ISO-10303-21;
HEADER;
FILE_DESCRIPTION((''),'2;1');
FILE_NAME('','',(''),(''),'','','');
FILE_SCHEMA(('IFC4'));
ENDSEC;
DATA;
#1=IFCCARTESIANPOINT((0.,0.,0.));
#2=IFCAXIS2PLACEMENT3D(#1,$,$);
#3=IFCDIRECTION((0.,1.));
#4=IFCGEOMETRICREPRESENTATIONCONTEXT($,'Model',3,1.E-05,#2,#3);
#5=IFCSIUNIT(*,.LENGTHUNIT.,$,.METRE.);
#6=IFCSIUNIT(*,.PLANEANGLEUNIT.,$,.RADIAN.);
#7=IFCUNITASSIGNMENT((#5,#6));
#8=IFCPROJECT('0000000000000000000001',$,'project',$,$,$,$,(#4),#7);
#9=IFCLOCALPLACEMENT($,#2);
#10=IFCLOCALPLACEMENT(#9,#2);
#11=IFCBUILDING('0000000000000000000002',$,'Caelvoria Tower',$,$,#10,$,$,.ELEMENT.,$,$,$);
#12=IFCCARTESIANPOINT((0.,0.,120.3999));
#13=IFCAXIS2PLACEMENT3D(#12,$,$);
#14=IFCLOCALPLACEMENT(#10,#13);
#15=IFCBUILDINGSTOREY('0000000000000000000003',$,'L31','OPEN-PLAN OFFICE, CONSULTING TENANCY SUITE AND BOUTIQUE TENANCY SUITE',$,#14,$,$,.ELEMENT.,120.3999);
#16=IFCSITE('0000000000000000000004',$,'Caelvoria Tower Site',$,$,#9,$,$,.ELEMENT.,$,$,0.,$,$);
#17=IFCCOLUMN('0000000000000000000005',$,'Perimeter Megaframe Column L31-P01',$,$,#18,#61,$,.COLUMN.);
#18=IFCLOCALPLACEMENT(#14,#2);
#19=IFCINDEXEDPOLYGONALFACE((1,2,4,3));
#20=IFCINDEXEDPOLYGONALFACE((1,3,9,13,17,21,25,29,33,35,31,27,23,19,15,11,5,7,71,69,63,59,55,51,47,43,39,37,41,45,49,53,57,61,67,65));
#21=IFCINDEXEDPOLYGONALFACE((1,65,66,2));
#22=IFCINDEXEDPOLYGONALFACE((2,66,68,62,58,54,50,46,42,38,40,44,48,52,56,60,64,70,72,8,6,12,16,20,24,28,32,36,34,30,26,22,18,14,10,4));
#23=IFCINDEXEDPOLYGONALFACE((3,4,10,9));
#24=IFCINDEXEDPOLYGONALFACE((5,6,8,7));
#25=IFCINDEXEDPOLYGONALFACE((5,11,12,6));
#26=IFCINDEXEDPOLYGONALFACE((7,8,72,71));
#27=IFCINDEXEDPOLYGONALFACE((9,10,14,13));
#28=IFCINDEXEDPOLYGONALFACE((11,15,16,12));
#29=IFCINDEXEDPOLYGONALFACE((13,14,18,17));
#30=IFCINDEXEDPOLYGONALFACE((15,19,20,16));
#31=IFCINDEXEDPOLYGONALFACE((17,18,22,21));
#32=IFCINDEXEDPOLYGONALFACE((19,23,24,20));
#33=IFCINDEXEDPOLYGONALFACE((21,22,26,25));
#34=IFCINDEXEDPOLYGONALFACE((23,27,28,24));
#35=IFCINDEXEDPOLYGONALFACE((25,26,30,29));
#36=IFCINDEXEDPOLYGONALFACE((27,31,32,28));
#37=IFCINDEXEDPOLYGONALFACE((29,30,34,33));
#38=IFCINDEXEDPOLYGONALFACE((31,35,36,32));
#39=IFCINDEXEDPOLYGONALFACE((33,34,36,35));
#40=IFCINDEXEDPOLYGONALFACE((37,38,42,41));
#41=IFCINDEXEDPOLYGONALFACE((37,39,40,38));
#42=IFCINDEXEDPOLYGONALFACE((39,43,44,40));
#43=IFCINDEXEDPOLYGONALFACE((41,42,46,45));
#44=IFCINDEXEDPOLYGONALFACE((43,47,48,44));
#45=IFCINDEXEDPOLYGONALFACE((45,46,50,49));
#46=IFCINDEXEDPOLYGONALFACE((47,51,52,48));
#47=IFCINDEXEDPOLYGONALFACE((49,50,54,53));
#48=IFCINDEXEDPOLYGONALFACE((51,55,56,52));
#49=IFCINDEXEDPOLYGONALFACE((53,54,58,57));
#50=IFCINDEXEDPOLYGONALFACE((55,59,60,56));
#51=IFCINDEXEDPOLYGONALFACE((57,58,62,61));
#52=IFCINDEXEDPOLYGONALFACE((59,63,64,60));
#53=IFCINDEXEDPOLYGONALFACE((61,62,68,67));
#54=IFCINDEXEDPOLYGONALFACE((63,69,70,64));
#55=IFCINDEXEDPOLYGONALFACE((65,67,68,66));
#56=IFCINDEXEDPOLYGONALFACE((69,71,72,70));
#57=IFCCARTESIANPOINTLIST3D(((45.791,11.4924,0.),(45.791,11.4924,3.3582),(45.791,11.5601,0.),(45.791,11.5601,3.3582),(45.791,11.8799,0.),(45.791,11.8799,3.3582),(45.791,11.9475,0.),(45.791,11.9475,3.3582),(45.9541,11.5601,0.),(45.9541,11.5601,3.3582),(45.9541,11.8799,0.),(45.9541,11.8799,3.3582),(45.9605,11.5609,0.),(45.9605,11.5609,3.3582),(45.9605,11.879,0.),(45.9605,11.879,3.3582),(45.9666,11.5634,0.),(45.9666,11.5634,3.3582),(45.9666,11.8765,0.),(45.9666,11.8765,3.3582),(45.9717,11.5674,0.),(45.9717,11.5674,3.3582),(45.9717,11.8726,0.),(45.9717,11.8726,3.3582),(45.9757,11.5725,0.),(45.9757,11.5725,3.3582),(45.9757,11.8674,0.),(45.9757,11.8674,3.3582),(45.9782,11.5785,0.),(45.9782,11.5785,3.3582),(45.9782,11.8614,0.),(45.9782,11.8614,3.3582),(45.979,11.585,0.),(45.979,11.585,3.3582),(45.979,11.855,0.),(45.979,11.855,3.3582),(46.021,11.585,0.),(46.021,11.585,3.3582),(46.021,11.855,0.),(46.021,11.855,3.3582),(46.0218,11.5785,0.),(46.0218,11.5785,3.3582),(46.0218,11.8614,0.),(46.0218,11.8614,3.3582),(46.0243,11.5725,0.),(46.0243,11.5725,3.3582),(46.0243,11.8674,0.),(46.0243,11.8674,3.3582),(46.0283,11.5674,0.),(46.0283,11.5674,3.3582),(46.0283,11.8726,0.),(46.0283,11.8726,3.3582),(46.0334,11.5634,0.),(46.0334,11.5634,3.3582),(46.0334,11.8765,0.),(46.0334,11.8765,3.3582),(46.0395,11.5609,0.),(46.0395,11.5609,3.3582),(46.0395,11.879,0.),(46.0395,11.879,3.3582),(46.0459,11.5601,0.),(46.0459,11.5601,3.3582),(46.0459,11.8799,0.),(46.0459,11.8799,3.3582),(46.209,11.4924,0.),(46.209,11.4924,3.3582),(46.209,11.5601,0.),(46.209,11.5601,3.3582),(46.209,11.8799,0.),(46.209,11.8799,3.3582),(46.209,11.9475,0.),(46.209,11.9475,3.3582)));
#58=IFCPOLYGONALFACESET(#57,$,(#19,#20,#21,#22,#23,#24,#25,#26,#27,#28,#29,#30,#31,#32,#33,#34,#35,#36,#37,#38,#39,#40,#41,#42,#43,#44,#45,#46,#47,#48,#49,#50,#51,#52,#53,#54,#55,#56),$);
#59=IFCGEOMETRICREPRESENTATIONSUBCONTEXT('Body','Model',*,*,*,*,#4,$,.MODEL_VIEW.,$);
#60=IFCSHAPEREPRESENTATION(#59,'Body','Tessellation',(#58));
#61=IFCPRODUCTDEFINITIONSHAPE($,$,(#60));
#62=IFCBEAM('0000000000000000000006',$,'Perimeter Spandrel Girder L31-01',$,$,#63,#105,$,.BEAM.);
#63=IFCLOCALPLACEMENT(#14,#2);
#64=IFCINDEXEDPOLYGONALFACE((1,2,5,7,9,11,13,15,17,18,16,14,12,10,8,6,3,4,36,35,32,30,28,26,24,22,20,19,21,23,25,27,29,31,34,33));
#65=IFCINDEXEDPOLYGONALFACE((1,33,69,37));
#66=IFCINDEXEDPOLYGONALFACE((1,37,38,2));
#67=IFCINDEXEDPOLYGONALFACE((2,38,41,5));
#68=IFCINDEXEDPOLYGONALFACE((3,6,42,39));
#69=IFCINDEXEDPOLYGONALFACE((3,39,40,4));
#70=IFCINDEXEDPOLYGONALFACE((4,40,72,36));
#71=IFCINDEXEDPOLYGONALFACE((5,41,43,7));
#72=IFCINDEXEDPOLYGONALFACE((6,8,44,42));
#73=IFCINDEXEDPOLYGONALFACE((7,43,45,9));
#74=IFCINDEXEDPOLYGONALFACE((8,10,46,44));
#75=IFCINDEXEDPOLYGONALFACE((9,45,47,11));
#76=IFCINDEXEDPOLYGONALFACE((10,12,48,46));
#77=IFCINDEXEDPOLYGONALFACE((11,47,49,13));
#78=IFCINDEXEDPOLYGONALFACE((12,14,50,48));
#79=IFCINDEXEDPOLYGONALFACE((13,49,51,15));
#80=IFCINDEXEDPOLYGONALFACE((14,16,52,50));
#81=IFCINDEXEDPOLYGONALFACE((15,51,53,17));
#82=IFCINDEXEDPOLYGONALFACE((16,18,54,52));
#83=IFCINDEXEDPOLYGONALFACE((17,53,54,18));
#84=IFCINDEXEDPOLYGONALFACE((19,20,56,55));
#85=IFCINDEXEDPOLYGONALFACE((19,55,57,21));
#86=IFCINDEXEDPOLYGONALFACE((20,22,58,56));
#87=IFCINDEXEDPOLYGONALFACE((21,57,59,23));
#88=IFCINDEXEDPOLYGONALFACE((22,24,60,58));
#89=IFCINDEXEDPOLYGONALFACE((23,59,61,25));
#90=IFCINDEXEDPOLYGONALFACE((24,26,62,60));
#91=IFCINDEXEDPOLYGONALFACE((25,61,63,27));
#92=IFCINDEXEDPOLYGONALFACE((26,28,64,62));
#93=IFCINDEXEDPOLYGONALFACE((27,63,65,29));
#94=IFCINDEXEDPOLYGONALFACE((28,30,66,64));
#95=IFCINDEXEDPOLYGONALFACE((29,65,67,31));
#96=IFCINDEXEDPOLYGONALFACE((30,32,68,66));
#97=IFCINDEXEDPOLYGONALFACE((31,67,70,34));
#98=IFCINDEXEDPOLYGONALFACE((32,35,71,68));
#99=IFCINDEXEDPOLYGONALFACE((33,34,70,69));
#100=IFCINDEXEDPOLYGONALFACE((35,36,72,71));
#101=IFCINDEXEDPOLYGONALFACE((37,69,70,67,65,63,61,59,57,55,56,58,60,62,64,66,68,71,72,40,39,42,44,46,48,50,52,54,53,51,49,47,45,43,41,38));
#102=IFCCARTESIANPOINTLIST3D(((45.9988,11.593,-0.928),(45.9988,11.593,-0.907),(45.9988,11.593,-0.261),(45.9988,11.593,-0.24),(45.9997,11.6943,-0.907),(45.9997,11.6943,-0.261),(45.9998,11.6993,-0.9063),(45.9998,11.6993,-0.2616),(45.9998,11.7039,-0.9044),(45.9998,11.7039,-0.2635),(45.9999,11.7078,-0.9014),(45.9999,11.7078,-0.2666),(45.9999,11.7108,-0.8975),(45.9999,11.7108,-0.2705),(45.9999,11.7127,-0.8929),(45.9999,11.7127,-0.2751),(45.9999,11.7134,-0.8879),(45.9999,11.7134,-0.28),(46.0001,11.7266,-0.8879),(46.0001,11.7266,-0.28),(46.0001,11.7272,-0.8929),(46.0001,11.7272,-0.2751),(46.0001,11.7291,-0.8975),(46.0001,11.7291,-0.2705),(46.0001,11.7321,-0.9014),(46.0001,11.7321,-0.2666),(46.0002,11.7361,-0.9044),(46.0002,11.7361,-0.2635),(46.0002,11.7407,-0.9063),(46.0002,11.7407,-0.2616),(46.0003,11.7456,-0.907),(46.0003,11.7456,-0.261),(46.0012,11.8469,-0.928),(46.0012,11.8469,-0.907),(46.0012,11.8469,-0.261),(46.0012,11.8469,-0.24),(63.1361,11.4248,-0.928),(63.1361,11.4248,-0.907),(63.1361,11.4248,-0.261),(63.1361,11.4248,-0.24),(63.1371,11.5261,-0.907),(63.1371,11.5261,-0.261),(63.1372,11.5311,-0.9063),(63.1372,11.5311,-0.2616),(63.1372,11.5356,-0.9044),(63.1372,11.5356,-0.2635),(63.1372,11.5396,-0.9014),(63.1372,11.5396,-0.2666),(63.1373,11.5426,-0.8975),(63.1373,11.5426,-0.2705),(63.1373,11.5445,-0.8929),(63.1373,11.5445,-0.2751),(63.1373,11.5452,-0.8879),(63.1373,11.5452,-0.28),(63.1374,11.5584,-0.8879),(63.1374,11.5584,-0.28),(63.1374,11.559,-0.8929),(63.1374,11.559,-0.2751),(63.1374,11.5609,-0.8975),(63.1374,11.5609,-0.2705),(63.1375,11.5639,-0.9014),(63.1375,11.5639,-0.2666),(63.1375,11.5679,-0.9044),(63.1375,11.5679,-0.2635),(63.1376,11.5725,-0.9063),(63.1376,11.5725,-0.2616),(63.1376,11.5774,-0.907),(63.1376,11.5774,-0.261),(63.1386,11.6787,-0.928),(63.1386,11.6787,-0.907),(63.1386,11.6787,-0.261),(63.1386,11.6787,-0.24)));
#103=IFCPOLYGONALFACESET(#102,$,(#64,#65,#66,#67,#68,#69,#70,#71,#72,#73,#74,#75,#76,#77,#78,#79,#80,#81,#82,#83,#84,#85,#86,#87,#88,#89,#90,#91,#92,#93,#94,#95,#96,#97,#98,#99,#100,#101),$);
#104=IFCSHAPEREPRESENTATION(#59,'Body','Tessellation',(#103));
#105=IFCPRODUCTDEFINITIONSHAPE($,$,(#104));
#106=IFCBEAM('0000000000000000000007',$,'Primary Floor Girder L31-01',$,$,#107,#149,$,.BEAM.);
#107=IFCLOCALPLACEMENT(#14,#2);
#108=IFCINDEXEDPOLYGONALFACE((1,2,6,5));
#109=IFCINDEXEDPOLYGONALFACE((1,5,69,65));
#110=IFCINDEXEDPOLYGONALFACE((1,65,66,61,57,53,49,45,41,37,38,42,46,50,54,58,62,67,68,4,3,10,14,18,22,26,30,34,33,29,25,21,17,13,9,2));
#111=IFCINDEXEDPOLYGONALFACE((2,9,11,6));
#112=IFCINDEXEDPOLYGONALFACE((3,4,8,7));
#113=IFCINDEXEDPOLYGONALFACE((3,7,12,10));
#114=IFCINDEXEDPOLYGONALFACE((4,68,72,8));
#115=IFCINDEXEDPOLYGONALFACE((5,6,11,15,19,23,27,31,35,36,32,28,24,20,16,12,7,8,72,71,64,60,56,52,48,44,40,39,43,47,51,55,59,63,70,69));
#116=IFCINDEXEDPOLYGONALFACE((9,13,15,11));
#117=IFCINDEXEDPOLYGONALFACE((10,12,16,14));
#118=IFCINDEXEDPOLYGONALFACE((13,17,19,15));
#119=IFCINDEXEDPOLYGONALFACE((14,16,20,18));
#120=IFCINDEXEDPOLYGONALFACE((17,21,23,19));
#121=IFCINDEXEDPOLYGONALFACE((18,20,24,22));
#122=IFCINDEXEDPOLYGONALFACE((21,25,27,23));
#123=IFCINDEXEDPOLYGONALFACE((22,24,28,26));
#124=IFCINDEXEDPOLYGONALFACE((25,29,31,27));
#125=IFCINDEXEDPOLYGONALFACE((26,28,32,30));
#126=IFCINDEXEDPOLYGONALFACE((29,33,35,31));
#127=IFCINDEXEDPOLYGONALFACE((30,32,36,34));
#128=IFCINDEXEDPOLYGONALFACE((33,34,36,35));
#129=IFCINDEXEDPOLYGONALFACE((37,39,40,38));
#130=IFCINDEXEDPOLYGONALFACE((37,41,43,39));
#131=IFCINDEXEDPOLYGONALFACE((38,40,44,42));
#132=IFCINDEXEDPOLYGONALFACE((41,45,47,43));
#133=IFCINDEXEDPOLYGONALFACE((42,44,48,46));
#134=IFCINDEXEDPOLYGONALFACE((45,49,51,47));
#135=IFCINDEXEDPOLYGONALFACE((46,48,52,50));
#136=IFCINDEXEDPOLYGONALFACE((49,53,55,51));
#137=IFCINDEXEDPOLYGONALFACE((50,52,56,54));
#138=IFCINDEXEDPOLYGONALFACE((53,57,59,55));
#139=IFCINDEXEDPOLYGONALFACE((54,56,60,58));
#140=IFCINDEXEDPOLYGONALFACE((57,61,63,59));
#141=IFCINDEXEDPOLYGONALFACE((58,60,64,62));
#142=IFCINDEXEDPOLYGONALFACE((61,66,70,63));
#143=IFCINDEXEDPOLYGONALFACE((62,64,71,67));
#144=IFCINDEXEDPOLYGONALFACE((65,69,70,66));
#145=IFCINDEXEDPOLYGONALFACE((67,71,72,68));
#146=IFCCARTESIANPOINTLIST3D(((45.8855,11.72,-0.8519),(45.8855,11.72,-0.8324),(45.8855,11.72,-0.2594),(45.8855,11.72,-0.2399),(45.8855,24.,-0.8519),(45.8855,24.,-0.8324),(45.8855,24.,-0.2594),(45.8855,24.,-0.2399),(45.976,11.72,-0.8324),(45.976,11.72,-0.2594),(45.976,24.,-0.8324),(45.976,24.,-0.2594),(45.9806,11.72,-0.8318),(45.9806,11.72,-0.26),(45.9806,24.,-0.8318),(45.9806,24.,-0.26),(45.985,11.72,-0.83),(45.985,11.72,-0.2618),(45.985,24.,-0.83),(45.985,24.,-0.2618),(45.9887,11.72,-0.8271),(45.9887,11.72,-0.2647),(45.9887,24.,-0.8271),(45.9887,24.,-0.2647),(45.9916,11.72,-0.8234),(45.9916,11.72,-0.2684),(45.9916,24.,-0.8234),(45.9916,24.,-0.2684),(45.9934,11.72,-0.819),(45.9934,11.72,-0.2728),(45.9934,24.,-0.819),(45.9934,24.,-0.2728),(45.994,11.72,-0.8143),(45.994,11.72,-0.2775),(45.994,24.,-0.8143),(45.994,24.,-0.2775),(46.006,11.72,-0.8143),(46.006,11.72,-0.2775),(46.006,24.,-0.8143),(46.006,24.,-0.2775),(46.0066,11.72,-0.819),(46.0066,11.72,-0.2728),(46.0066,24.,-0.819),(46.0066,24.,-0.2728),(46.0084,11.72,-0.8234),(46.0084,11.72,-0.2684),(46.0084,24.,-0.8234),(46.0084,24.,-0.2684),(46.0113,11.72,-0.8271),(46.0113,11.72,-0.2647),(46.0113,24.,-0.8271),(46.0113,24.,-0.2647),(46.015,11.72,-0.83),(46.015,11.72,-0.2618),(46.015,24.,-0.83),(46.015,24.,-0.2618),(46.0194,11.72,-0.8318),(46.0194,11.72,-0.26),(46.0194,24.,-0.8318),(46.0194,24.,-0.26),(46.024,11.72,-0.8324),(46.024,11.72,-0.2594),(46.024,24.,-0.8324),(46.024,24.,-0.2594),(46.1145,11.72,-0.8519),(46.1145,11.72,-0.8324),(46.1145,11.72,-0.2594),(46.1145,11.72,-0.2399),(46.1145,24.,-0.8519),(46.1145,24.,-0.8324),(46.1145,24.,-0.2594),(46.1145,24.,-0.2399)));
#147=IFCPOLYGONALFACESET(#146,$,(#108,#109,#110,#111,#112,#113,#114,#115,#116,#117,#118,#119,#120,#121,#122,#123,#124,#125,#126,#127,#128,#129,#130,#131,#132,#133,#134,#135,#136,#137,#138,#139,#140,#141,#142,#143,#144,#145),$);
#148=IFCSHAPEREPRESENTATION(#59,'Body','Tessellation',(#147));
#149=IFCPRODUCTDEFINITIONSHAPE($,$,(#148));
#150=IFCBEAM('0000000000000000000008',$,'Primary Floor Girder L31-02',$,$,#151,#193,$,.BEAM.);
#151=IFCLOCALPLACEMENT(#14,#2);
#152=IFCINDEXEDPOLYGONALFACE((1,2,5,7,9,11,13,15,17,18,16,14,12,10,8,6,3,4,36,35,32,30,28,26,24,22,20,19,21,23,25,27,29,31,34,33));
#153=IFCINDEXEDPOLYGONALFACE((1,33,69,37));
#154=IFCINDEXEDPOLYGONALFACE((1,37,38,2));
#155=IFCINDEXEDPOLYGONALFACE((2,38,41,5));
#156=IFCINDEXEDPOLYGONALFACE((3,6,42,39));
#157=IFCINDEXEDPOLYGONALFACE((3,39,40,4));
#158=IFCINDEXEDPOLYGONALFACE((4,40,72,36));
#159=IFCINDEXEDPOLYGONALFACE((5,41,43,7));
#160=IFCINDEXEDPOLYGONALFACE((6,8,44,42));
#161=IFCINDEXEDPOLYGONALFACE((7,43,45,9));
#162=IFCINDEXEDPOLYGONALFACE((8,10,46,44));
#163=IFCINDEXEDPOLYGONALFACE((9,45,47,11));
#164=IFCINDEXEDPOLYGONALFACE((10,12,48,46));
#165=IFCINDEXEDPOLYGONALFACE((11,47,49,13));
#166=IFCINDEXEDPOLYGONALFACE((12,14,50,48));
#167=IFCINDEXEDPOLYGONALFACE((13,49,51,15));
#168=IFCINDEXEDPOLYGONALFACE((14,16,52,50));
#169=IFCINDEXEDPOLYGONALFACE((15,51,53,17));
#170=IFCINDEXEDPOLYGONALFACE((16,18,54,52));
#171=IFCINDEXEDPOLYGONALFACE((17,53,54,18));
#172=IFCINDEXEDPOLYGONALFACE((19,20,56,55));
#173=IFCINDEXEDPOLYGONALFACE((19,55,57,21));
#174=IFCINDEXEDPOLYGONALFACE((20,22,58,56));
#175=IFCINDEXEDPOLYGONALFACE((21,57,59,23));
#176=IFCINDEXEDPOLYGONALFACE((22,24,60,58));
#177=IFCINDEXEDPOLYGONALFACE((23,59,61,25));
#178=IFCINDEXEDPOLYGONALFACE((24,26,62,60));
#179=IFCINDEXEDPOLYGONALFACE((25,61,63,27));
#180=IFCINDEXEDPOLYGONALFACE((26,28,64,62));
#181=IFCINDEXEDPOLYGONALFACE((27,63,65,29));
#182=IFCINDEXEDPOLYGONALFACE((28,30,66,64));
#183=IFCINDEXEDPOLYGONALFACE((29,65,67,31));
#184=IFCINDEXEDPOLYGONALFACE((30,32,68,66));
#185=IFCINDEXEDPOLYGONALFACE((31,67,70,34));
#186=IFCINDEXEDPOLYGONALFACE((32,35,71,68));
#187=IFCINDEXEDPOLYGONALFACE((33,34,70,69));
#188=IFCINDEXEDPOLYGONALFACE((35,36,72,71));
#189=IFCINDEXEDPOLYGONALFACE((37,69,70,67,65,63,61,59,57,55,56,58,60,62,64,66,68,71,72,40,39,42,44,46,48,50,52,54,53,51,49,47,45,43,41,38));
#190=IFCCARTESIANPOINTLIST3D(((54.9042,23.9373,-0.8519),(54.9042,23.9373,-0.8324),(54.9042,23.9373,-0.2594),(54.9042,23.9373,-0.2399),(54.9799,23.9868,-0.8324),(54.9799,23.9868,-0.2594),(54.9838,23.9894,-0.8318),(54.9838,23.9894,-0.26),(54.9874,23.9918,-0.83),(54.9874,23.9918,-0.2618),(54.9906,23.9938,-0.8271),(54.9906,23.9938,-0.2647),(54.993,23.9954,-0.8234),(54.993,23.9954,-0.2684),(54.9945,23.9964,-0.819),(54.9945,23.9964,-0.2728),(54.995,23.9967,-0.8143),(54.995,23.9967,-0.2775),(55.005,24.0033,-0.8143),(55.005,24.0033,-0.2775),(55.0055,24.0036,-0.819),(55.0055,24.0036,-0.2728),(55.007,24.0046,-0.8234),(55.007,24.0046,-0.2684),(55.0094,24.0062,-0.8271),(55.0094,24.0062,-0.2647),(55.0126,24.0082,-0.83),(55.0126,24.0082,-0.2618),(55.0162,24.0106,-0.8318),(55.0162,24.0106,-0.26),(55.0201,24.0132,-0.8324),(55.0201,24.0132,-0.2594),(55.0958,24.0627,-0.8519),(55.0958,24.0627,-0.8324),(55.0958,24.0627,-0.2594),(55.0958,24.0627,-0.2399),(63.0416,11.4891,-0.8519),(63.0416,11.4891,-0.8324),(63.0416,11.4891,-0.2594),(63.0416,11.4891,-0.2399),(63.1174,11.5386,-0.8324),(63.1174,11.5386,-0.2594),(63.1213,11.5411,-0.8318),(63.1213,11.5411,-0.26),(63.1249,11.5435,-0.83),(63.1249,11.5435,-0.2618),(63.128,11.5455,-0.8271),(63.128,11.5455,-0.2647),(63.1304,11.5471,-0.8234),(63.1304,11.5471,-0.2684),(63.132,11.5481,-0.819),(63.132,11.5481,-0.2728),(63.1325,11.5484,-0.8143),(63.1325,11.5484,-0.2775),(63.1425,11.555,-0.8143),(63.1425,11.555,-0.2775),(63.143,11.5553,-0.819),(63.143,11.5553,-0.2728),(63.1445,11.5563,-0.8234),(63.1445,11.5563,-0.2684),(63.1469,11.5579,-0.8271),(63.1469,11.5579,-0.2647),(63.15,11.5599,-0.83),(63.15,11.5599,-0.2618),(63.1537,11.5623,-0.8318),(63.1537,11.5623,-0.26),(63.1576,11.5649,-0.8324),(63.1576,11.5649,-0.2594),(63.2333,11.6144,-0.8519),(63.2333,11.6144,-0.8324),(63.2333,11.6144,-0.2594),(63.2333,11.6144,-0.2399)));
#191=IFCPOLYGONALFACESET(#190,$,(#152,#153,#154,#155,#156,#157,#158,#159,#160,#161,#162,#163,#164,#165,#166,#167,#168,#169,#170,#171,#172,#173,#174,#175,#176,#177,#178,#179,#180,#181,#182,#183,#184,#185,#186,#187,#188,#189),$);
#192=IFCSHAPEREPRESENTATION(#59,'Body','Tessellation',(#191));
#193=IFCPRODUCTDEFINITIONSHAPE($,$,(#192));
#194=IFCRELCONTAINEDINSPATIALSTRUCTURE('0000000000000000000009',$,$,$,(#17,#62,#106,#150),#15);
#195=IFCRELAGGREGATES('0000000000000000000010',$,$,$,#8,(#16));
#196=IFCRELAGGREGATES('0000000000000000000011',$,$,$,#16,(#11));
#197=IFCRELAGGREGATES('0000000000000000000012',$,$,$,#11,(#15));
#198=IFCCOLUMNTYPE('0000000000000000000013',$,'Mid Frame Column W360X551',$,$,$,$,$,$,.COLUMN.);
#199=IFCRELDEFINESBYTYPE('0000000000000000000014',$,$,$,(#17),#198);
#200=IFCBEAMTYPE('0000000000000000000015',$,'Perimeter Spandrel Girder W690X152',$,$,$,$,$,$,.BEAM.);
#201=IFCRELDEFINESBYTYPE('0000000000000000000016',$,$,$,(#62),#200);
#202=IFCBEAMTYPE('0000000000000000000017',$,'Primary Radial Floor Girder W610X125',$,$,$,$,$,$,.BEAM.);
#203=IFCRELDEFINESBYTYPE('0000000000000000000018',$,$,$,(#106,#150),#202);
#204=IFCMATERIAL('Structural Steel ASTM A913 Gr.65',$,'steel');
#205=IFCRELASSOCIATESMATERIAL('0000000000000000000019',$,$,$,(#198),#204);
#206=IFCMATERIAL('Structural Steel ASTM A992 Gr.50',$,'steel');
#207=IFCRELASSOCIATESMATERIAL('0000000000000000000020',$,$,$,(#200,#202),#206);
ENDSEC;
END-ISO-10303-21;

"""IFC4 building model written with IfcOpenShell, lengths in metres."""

from ifc_helpers import new_model, si_unit, direction, frame, origin, origin_2d, place, context, subcontext, project, spatial, i_section, extrude, material, material_profile, profile_set, type_object, element, save


model = new_model("IFC4")

# Units and contexts
model_context = context("Model", 3, precision=1e-05, world=origin(), true_north=direction((0.0, 1.0)))
body_context = subcontext(model_context, "Body", "Model", "MODEL_VIEW")
ifc_project = project(units=[si_unit("LENGTHUNIT", "METRE"), si_unit("PLANEANGLEUNIT", "RADIAN")], contexts=[model_context])

# Site, building, storey
site_placement = place(None, origin())
site = spatial("IfcSite", under=ifc_project, at=site_placement, Name="Caelvoria Tower Site", CompositionType="ELEMENT", RefElevation=0.0)
building_placement = place(site_placement, origin())
building = spatial("IfcBuilding", under=site, at=building_placement, Name="Caelvoria Tower", CompositionType="ELEMENT")
storey_placement = place(building_placement, frame((0.0, 0.0, 120.3999)))
storey = spatial("IfcBuildingStorey", under=building, at=storey_placement, Name="L31", Description="OPEN-PLAN OFFICE, CONSULTING TENANCY SUITE AND BOUTIQUE TENANCY SUITE", CompositionType="ELEMENT", Elevation=120.3999)

# Column
ifc_material_1 = material(Name="Structural Steel ASTM A913 Gr.65", Category="steel")
ifc_material_profile_1 = material_profile(ifc_material_1, i_section(OverallWidth=0.418, OverallDepth=0.4551, WebThickness=0.042, FlangeThickness=0.0676, FilletRadius=0.0249, at=origin_2d()), Name="Structural Steel ASTM A913 Gr.65")
ifc_profile_set_1 = profile_set([ifc_material_profile_1], Name="W360X551 - Structural Steel ASTM A913 Gr.65")
column_type = type_object("IfcColumnType", Name="Mid Frame Column W360X551", PredefinedType="COLUMN", material=ifc_profile_set_1)
column_placement = place(storey_placement, frame((46.0, 11.72, 0.0), z_axis=(0.0, 0.0, 1.0), x_axis=(1.0, 0.0, 0.0)))
element("IfcColumn", 1, at=column_placement, inside=storey, type_object=column_type, Name="Perimeter Megaframe Column L31-P01", PredefinedType="COLUMN", context=body_context, shape_type="SweptSolid", body=[
    extrude(i_section(OverallWidth=0.418, OverallDepth=0.4551, WebThickness=0.042, FlangeThickness=0.0676, FilletRadius=0.0249, at=origin_2d()), origin(), (0.0, 0.0, 1.0), 3.3582),
])

# Beams
ifc_material_2 = material(Name="Structural Steel ASTM A992 Gr.50", Category="steel")
ifc_material_profile_2 = material_profile(ifc_material_2, i_section(OverallWidth=0.2539, OverallDepth=0.688, WebThickness=0.0132, FlangeThickness=0.021, FilletRadius=0.019, at=origin_2d()), Name="Structural Steel ASTM A992 Gr.50")
ifc_profile_set_2 = profile_set([ifc_material_profile_2], Name="W690X152 - Structural Steel ASTM A992 Gr.50")
beam_type_1 = type_object("IfcBeamType", Name="Perimeter Spandrel Girder W690X152", PredefinedType="BEAM", material=ifc_profile_set_2)
beam_1_placement = place(storey_placement, frame((46.0, 11.72, -0.584), z_axis=(0.999952, -0.009815, 0.0), x_axis=(0.009815, 0.999952, 0.0)))
element("IfcBeam", 2, at=beam_1_placement, inside=storey, type_object=beam_type_1, Name="Perimeter Spandrel Girder L31-01", PredefinedType="BEAM", context=body_context, shape_type="SweptSolid", body=[
    extrude(i_section(OverallWidth=0.2539, OverallDepth=0.688, WebThickness=0.0132, FlangeThickness=0.021, FilletRadius=0.019, at=origin_2d()), origin(), (0.0, 0.0, 1.0), 17.1382),
])
ifc_material_profile_3 = material_profile(ifc_material_2, i_section(OverallWidth=0.229, OverallDepth=0.6121, WebThickness=0.012, FlangeThickness=0.0195, FilletRadius=0.0181, at=origin_2d()), Name="Structural Steel ASTM A992 Gr.50")
ifc_profile_set_3 = profile_set([ifc_material_profile_3], Name="W610X125 - Structural Steel ASTM A992 Gr.50")
beam_type_2 = type_object("IfcBeamType", Name="Primary Radial Floor Girder W610X125", PredefinedType="BEAM", material=ifc_profile_set_3)
beam_2_placement = place(storey_placement, frame((46.0, 24.0, -0.5459), z_axis=(0.0, -1.0, 0.0), x_axis=(1.0, 0.0, 0.0)))
element("IfcBeam", 3, at=beam_2_placement, inside=storey, type_object=beam_type_2, Name="Primary Floor Girder L31-01", PredefinedType="BEAM", context=body_context, shape_type="SweptSolid", body=[
    extrude(i_section(OverallWidth=0.229, OverallDepth=0.6121, WebThickness=0.012, FlangeThickness=0.0195, FilletRadius=0.0181, at=origin_2d()), origin(), (0.0, 0.0, 1.0), 12.28),
])
beam_3_placement = place(storey_placement, frame((55.0, 24.0, -0.5459), z_axis=(0.547165, -0.837025, 0.0), x_axis=(0.837025, 0.547165, 0.0)))
element("IfcBeam", 4, at=beam_3_placement, inside=storey, type_object=beam_type_2, Name="Primary Floor Girder L31-02", PredefinedType="BEAM", context=body_context, shape_type="SweptSolid", body=[
    extrude(i_section(OverallWidth=0.229, OverallDepth=0.6121, WebThickness=0.012, FlangeThickness=0.0195, FilletRadius=0.0181, at=origin_2d()), origin(), (0.0, 0.0, 1.0), 14.8721),
])

save(model, "model.ifc")
